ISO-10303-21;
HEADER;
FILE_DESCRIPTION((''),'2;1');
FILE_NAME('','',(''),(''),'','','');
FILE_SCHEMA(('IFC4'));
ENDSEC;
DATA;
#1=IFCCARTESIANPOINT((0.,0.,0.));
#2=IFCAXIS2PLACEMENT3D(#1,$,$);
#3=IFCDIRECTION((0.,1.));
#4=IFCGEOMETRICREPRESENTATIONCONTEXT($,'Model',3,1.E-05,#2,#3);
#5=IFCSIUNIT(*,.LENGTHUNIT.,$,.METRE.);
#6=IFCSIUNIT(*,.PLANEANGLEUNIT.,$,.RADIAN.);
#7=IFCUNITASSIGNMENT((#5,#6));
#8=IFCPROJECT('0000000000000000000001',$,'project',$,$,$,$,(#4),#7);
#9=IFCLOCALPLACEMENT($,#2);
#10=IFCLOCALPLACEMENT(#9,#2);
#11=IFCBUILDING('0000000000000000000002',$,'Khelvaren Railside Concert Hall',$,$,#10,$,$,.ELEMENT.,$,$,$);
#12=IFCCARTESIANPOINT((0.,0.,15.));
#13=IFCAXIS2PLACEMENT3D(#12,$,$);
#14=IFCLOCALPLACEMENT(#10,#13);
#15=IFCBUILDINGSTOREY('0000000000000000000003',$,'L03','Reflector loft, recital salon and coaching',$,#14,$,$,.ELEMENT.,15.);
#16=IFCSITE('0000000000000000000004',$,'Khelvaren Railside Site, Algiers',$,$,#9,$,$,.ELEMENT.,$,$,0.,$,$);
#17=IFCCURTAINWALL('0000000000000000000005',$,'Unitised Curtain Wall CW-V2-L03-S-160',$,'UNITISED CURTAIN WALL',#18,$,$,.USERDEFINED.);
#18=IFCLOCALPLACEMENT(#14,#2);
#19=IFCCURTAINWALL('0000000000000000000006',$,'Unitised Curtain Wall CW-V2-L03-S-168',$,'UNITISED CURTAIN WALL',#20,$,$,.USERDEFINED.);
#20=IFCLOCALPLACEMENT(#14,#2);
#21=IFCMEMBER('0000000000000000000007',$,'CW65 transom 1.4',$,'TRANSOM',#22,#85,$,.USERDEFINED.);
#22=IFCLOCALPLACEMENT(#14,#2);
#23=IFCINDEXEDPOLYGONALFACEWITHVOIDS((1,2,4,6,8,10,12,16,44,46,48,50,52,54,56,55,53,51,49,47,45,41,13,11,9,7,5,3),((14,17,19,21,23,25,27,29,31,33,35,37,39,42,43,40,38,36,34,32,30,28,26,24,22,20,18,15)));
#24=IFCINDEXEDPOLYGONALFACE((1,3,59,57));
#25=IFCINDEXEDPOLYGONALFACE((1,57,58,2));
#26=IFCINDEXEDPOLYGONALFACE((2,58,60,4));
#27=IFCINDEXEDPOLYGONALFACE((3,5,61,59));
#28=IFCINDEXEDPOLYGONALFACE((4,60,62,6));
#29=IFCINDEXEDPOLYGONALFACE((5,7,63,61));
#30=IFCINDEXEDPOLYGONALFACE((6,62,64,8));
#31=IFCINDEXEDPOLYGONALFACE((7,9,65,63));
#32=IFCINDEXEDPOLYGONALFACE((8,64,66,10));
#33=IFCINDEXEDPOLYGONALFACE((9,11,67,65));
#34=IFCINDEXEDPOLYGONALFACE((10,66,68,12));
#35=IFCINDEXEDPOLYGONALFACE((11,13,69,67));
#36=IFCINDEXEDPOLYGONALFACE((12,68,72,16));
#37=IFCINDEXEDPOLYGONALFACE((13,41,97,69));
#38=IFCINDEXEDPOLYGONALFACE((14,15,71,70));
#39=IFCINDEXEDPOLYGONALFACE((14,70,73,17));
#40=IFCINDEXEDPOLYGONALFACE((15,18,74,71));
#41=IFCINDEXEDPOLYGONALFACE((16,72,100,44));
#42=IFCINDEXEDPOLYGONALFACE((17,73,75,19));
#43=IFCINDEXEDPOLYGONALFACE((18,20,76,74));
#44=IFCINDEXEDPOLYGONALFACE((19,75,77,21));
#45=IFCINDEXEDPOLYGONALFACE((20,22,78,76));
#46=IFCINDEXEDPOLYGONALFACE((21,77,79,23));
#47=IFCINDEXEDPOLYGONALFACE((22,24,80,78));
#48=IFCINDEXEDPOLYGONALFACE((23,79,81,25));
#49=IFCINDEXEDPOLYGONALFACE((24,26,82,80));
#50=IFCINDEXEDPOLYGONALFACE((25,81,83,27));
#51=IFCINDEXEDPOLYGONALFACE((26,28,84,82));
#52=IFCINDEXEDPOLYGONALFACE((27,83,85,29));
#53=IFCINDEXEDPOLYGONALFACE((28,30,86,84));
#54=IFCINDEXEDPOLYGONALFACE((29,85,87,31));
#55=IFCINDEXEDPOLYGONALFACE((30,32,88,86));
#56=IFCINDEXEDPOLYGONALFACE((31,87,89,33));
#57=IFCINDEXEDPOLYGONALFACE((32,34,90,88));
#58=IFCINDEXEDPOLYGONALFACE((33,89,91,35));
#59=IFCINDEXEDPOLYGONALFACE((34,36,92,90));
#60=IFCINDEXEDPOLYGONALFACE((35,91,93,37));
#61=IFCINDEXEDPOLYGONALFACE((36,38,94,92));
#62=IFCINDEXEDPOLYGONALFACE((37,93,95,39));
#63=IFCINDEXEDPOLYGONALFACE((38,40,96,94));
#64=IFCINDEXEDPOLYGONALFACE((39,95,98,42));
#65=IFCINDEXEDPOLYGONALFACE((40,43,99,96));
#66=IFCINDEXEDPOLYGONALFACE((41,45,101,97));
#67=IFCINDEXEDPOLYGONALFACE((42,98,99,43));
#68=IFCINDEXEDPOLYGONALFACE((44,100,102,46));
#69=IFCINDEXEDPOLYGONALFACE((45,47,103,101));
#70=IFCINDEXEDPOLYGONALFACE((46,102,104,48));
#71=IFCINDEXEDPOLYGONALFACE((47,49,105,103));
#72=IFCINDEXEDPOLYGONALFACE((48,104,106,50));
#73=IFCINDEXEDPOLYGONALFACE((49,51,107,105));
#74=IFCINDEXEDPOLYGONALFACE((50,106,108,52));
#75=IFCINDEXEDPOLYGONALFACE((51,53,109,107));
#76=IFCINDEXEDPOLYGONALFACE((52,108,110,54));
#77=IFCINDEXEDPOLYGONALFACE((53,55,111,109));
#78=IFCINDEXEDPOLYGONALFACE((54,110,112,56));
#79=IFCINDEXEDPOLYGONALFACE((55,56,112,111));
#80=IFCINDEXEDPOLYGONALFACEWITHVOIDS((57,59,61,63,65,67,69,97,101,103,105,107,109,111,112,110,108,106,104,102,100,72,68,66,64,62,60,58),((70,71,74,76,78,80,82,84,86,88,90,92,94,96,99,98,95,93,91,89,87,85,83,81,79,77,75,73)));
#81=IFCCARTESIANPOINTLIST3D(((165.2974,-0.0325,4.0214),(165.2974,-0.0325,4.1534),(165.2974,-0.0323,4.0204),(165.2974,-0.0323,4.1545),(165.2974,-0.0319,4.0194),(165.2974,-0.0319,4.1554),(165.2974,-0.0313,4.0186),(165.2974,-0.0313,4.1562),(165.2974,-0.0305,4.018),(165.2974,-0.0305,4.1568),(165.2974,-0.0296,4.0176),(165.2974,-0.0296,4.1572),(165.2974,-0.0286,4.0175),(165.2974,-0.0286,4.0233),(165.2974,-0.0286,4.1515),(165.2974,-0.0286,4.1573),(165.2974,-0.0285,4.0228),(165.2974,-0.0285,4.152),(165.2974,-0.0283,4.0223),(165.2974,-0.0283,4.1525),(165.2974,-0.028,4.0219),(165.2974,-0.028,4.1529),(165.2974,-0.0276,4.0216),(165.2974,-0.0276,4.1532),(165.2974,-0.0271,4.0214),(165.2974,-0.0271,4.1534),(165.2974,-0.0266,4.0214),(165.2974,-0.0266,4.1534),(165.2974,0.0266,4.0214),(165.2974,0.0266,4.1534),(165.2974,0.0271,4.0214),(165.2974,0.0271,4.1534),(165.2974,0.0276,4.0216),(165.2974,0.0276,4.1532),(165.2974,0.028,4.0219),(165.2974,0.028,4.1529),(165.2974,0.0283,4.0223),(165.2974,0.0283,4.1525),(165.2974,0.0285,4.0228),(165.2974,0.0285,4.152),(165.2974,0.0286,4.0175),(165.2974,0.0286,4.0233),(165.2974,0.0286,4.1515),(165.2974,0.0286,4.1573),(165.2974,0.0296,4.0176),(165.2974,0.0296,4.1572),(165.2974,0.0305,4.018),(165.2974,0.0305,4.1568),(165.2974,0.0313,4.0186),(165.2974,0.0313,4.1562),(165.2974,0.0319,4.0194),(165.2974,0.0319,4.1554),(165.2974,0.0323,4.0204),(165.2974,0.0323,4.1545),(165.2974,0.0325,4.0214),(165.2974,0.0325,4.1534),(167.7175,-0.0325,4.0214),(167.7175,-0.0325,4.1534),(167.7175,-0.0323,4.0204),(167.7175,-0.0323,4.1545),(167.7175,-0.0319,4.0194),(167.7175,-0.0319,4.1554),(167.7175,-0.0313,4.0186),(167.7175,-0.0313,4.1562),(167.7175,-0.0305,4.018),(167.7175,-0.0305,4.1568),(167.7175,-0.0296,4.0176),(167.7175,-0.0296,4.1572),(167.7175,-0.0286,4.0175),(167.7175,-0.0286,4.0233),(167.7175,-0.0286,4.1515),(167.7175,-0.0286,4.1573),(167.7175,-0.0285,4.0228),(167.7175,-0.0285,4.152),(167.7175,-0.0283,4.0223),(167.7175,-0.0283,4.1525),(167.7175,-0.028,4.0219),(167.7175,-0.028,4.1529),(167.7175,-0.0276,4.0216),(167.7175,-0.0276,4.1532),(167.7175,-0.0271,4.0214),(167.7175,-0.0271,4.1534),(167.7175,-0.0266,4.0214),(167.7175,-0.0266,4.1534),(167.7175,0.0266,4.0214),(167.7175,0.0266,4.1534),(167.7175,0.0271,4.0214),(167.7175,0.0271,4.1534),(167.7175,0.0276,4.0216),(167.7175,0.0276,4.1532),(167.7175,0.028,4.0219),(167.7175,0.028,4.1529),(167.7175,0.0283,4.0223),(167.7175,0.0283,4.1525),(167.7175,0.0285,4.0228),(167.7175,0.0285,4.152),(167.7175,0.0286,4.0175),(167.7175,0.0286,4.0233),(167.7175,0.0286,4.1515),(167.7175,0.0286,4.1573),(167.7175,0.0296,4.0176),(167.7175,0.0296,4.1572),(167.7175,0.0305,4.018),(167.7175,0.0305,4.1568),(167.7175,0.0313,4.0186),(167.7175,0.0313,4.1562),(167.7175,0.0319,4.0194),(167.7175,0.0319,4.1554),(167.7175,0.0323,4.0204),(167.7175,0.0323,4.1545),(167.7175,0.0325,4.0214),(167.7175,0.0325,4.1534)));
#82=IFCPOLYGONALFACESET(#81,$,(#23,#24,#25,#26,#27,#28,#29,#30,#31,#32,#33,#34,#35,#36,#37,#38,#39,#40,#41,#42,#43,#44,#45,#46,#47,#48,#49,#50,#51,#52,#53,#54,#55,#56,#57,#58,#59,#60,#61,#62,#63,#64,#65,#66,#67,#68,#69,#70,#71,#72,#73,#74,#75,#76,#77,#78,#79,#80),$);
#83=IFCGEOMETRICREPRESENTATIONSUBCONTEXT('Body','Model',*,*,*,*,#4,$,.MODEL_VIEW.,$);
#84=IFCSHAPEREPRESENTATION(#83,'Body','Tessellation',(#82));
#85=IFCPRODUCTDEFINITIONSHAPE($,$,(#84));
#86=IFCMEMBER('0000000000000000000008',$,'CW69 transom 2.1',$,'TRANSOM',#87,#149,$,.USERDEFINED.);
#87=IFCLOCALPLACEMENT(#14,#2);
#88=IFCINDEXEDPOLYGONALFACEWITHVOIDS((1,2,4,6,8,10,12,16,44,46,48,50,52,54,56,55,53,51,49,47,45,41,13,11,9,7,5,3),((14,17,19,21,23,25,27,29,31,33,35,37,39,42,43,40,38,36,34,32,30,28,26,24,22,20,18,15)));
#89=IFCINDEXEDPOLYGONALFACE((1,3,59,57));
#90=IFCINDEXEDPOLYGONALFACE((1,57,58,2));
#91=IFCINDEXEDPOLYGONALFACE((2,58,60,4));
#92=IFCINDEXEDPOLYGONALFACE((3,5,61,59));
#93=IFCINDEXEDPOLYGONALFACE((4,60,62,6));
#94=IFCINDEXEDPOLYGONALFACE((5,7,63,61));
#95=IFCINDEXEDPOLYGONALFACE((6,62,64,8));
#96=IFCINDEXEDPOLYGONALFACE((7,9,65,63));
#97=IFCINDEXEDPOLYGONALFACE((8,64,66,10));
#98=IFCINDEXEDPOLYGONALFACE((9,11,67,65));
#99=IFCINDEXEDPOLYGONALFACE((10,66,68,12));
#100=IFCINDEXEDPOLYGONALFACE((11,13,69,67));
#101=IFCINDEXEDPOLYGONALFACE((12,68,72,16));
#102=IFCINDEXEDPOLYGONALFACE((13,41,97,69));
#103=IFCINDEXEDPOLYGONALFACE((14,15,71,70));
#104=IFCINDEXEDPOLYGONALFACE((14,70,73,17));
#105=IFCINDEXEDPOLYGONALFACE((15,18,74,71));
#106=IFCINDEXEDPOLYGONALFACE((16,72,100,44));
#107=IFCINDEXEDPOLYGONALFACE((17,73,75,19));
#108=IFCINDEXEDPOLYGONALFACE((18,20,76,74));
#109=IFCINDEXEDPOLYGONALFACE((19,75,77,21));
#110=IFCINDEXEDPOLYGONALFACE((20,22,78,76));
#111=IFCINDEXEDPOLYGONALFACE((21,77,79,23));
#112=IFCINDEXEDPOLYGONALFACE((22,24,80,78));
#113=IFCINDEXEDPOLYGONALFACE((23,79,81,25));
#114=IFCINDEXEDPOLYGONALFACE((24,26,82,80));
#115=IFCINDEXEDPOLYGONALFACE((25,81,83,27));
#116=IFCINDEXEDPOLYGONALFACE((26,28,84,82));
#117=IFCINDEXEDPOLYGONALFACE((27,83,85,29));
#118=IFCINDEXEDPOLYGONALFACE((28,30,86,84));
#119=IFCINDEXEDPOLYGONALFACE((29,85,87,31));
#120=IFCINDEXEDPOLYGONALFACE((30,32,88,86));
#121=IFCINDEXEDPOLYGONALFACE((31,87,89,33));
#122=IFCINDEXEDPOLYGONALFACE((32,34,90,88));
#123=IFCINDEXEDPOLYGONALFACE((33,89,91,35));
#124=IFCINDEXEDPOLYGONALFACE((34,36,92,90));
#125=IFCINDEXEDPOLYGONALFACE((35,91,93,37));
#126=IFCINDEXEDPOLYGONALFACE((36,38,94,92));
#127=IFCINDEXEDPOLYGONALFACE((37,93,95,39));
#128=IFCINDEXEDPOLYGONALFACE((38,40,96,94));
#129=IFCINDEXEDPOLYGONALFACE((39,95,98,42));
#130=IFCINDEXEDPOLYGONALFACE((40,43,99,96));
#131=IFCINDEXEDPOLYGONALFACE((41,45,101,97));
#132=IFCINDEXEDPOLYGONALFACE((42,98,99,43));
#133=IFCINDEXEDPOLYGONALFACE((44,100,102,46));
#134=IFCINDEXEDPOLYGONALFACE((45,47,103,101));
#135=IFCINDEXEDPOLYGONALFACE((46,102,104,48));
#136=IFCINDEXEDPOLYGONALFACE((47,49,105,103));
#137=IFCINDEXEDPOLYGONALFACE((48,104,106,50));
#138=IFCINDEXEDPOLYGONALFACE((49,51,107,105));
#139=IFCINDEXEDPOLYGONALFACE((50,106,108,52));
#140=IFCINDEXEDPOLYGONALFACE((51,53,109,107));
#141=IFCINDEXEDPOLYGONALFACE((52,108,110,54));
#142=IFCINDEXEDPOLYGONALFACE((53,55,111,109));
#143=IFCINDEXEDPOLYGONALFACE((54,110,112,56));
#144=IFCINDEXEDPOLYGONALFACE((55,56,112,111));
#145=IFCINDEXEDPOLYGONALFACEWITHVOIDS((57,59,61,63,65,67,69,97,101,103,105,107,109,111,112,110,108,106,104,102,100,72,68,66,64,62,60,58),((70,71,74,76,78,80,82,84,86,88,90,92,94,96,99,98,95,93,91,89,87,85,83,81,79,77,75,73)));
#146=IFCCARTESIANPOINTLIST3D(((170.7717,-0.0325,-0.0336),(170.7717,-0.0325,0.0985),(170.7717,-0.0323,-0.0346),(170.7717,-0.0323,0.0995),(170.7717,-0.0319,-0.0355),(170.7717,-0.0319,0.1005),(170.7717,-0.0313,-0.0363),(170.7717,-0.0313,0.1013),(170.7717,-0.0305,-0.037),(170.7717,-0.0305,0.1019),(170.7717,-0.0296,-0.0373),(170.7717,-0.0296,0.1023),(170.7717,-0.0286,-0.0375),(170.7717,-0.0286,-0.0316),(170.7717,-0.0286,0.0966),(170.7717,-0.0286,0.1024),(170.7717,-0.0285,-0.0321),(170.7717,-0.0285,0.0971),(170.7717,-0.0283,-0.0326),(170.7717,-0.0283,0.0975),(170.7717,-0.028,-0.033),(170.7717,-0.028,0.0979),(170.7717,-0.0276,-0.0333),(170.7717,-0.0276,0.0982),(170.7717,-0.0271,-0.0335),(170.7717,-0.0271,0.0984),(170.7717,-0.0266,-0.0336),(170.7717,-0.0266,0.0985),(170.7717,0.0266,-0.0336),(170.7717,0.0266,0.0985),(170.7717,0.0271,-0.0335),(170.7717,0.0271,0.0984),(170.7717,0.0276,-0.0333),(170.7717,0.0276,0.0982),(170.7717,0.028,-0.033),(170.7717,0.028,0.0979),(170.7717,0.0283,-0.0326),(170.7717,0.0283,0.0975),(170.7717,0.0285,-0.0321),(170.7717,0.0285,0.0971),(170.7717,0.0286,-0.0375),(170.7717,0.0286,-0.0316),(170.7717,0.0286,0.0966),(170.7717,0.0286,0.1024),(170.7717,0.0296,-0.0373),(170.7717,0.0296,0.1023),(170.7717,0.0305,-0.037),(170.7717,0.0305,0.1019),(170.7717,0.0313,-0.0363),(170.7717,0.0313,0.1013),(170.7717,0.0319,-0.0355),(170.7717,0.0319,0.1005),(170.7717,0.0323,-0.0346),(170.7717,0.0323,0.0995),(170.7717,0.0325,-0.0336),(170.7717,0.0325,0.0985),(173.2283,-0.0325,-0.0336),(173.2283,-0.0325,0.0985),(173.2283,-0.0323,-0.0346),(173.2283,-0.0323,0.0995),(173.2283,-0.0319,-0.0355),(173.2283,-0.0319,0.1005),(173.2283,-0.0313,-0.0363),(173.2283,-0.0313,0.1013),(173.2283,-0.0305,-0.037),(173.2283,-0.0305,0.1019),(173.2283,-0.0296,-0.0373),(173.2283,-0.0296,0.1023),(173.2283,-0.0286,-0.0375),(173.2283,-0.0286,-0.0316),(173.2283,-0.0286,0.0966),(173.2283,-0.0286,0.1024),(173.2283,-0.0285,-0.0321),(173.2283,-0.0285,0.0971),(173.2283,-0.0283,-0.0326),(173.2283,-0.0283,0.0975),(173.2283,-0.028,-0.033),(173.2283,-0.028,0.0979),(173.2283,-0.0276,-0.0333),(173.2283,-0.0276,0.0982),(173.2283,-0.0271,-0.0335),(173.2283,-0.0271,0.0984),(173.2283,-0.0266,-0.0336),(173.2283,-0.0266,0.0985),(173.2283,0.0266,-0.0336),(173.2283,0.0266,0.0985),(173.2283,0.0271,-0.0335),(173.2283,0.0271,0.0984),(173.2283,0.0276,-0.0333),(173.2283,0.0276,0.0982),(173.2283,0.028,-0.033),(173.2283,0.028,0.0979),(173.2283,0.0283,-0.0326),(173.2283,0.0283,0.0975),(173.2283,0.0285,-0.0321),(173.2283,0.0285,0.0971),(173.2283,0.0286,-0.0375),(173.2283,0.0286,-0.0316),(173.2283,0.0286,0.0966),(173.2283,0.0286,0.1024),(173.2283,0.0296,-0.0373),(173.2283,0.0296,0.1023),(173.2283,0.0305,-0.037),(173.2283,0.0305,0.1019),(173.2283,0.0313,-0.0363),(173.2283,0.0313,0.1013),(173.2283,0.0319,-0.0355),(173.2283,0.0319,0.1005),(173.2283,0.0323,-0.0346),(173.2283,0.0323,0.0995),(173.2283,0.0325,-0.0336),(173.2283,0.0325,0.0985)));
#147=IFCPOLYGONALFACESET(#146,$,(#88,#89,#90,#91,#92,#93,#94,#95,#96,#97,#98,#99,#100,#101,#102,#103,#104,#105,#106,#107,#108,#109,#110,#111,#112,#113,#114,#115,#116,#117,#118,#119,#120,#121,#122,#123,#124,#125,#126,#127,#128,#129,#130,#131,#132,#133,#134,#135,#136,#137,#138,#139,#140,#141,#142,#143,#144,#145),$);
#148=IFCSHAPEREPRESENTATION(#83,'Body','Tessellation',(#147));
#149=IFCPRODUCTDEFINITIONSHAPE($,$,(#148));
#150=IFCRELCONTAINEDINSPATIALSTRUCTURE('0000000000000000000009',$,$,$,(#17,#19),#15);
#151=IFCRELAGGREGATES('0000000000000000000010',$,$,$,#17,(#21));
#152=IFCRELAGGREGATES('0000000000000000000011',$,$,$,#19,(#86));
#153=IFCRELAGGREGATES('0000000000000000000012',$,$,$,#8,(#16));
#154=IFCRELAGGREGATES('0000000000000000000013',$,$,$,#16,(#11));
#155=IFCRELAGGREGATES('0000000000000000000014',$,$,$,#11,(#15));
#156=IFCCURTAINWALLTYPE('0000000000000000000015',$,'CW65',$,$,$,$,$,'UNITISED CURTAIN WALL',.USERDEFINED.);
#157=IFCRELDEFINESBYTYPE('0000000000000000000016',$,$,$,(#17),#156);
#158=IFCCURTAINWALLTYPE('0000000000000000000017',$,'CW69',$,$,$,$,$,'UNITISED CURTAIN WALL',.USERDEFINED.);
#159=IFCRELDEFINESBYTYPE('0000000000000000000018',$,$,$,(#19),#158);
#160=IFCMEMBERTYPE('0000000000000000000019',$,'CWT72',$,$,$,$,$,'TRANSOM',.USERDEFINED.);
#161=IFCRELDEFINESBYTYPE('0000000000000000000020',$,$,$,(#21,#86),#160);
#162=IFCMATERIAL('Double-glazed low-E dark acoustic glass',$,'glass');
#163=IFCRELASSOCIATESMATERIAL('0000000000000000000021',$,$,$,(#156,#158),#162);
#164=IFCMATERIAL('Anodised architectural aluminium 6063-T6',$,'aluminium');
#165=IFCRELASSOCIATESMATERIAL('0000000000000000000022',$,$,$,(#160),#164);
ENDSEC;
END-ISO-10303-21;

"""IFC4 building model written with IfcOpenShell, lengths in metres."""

from ifc_helpers import new_model, si_unit, direction, frame, origin, origin_2d, place, context, subcontext, project, spatial, hollow_rectangle, extrude, material, material_profile, profile_set, type_object, element, aggregate, save


model = new_model("IFC4")

# Units and contexts
model_context = context("Model", 3, precision=1e-05, world=origin(), true_north=direction((0.0, 1.0)))
body_context = subcontext(model_context, "Body", "Model", "MODEL_VIEW")
ifc_project = project(units=[si_unit("LENGTHUNIT", "METRE"), si_unit("PLANEANGLEUNIT", "RADIAN")], contexts=[model_context])

# Site, building, storey
site_placement = place(None, origin())
site = spatial("IfcSite", under=ifc_project, at=site_placement, Name="Khelvaren Railside Site, Algiers", CompositionType="ELEMENT", RefElevation=0.0)
building_placement = place(site_placement, origin())
building = spatial("IfcBuilding", under=site, at=building_placement, Name="Khelvaren Railside Concert Hall", CompositionType="ELEMENT")
storey_placement = place(building_placement, frame((0.0, 0.0, 15.0)))
storey = spatial("IfcBuildingStorey", under=building, at=storey_placement, Name="L03", Description="Reflector loft, recital salon and coaching", CompositionType="ELEMENT", Elevation=15.0)

# Curtain wall
ifc_material_1 = material(Name="Double-glazed low-E dark acoustic glass", Category="glass")
curtain_wall_type_1 = type_object("IfcCurtainWallType", Name="CW65", ElementType="UNITISED CURTAIN WALL", PredefinedType="USERDEFINED", material=ifc_material_1)
curtain_wall_1_placement = place(storey_placement, origin())
curtain_wall_1 = element("IfcCurtainWall", 1, at=curtain_wall_1_placement, inside=storey, type_object=curtain_wall_type_1, Name="Unitised Curtain Wall CW-V2-L03-S-160", ObjectType="UNITISED CURTAIN WALL", PredefinedType="USERDEFINED")
ifc_material_2 = material(Name="Anodised architectural aluminium 6063-T6", Category="aluminium")

# Curtain wall
curtain_wall_type_2 = type_object("IfcCurtainWallType", Name="CW69", ElementType="UNITISED CURTAIN WALL", PredefinedType="USERDEFINED", material=ifc_material_1)
curtain_wall_2_placement = place(storey_placement, origin())
curtain_wall_2 = element("IfcCurtainWall", 2, at=curtain_wall_2_placement, inside=storey, type_object=curtain_wall_type_2, Name="Unitised Curtain Wall CW-V2-L03-S-168", ObjectType="UNITISED CURTAIN WALL", PredefinedType="USERDEFINED")

# Members
ifc_material_profile_1 = material_profile(ifc_material_2, hollow_rectangle(XDim=0.0649, YDim=0.1399, WallThickness=0.0039, InnerFilletRadius=0.002, OuterFilletRadius=0.0039, at=origin_2d()), Name="CWT 65x140x4")
ifc_profile_set_1 = profile_set([ifc_material_profile_1], Name="Anodised architectural aluminium 6063-T6")
member_type_1 = type_object("IfcMemberType", Name="CWT72", ElementType="TRANSOM", PredefinedType="USERDEFINED", material=ifc_profile_set_1)
member_1_placement = place(storey_placement, frame((167.7175, 0.0, 4.0874), z_axis=(-1.0, 0.0, 0.0), x_axis=(0.0, -1.0, 0.0)))
member_1 = element("IfcMember", 3, at=member_1_placement, type_object=member_type_1, Name="CW65 transom 1.4", ObjectType="TRANSOM", PredefinedType="USERDEFINED", context=body_context, shape_type="SweptSolid", body=[
    extrude(hollow_rectangle(XDim=0.0649, YDim=0.1399, WallThickness=0.0039, InnerFilletRadius=0.002, OuterFilletRadius=0.0039, at=origin_2d()), origin(), (0.0, 0.0, 1.0), 2.4202),
])
aggregate(curtain_wall_1, [member_1])
member_2_placement = place(storey_placement, frame((173.2283, 0.0, 0.0325), z_axis=(-1.0, 0.0, 0.0), x_axis=(0.0, -1.0, 0.0)))
member_2 = element("IfcMember", 4, at=member_2_placement, type_object=member_type_1, Name="CW69 transom 2.1", ObjectType="TRANSOM", PredefinedType="USERDEFINED", context=body_context, shape_type="SweptSolid", body=[
    extrude(hollow_rectangle(XDim=0.0649, YDim=0.1399, WallThickness=0.0039, InnerFilletRadius=0.002, OuterFilletRadius=0.0039, at=origin_2d()), origin(), (0.0, 0.0, 1.0), 2.4565),
])

aggregate(curtain_wall_2, [member_2])

save(model, "model.ifc")
